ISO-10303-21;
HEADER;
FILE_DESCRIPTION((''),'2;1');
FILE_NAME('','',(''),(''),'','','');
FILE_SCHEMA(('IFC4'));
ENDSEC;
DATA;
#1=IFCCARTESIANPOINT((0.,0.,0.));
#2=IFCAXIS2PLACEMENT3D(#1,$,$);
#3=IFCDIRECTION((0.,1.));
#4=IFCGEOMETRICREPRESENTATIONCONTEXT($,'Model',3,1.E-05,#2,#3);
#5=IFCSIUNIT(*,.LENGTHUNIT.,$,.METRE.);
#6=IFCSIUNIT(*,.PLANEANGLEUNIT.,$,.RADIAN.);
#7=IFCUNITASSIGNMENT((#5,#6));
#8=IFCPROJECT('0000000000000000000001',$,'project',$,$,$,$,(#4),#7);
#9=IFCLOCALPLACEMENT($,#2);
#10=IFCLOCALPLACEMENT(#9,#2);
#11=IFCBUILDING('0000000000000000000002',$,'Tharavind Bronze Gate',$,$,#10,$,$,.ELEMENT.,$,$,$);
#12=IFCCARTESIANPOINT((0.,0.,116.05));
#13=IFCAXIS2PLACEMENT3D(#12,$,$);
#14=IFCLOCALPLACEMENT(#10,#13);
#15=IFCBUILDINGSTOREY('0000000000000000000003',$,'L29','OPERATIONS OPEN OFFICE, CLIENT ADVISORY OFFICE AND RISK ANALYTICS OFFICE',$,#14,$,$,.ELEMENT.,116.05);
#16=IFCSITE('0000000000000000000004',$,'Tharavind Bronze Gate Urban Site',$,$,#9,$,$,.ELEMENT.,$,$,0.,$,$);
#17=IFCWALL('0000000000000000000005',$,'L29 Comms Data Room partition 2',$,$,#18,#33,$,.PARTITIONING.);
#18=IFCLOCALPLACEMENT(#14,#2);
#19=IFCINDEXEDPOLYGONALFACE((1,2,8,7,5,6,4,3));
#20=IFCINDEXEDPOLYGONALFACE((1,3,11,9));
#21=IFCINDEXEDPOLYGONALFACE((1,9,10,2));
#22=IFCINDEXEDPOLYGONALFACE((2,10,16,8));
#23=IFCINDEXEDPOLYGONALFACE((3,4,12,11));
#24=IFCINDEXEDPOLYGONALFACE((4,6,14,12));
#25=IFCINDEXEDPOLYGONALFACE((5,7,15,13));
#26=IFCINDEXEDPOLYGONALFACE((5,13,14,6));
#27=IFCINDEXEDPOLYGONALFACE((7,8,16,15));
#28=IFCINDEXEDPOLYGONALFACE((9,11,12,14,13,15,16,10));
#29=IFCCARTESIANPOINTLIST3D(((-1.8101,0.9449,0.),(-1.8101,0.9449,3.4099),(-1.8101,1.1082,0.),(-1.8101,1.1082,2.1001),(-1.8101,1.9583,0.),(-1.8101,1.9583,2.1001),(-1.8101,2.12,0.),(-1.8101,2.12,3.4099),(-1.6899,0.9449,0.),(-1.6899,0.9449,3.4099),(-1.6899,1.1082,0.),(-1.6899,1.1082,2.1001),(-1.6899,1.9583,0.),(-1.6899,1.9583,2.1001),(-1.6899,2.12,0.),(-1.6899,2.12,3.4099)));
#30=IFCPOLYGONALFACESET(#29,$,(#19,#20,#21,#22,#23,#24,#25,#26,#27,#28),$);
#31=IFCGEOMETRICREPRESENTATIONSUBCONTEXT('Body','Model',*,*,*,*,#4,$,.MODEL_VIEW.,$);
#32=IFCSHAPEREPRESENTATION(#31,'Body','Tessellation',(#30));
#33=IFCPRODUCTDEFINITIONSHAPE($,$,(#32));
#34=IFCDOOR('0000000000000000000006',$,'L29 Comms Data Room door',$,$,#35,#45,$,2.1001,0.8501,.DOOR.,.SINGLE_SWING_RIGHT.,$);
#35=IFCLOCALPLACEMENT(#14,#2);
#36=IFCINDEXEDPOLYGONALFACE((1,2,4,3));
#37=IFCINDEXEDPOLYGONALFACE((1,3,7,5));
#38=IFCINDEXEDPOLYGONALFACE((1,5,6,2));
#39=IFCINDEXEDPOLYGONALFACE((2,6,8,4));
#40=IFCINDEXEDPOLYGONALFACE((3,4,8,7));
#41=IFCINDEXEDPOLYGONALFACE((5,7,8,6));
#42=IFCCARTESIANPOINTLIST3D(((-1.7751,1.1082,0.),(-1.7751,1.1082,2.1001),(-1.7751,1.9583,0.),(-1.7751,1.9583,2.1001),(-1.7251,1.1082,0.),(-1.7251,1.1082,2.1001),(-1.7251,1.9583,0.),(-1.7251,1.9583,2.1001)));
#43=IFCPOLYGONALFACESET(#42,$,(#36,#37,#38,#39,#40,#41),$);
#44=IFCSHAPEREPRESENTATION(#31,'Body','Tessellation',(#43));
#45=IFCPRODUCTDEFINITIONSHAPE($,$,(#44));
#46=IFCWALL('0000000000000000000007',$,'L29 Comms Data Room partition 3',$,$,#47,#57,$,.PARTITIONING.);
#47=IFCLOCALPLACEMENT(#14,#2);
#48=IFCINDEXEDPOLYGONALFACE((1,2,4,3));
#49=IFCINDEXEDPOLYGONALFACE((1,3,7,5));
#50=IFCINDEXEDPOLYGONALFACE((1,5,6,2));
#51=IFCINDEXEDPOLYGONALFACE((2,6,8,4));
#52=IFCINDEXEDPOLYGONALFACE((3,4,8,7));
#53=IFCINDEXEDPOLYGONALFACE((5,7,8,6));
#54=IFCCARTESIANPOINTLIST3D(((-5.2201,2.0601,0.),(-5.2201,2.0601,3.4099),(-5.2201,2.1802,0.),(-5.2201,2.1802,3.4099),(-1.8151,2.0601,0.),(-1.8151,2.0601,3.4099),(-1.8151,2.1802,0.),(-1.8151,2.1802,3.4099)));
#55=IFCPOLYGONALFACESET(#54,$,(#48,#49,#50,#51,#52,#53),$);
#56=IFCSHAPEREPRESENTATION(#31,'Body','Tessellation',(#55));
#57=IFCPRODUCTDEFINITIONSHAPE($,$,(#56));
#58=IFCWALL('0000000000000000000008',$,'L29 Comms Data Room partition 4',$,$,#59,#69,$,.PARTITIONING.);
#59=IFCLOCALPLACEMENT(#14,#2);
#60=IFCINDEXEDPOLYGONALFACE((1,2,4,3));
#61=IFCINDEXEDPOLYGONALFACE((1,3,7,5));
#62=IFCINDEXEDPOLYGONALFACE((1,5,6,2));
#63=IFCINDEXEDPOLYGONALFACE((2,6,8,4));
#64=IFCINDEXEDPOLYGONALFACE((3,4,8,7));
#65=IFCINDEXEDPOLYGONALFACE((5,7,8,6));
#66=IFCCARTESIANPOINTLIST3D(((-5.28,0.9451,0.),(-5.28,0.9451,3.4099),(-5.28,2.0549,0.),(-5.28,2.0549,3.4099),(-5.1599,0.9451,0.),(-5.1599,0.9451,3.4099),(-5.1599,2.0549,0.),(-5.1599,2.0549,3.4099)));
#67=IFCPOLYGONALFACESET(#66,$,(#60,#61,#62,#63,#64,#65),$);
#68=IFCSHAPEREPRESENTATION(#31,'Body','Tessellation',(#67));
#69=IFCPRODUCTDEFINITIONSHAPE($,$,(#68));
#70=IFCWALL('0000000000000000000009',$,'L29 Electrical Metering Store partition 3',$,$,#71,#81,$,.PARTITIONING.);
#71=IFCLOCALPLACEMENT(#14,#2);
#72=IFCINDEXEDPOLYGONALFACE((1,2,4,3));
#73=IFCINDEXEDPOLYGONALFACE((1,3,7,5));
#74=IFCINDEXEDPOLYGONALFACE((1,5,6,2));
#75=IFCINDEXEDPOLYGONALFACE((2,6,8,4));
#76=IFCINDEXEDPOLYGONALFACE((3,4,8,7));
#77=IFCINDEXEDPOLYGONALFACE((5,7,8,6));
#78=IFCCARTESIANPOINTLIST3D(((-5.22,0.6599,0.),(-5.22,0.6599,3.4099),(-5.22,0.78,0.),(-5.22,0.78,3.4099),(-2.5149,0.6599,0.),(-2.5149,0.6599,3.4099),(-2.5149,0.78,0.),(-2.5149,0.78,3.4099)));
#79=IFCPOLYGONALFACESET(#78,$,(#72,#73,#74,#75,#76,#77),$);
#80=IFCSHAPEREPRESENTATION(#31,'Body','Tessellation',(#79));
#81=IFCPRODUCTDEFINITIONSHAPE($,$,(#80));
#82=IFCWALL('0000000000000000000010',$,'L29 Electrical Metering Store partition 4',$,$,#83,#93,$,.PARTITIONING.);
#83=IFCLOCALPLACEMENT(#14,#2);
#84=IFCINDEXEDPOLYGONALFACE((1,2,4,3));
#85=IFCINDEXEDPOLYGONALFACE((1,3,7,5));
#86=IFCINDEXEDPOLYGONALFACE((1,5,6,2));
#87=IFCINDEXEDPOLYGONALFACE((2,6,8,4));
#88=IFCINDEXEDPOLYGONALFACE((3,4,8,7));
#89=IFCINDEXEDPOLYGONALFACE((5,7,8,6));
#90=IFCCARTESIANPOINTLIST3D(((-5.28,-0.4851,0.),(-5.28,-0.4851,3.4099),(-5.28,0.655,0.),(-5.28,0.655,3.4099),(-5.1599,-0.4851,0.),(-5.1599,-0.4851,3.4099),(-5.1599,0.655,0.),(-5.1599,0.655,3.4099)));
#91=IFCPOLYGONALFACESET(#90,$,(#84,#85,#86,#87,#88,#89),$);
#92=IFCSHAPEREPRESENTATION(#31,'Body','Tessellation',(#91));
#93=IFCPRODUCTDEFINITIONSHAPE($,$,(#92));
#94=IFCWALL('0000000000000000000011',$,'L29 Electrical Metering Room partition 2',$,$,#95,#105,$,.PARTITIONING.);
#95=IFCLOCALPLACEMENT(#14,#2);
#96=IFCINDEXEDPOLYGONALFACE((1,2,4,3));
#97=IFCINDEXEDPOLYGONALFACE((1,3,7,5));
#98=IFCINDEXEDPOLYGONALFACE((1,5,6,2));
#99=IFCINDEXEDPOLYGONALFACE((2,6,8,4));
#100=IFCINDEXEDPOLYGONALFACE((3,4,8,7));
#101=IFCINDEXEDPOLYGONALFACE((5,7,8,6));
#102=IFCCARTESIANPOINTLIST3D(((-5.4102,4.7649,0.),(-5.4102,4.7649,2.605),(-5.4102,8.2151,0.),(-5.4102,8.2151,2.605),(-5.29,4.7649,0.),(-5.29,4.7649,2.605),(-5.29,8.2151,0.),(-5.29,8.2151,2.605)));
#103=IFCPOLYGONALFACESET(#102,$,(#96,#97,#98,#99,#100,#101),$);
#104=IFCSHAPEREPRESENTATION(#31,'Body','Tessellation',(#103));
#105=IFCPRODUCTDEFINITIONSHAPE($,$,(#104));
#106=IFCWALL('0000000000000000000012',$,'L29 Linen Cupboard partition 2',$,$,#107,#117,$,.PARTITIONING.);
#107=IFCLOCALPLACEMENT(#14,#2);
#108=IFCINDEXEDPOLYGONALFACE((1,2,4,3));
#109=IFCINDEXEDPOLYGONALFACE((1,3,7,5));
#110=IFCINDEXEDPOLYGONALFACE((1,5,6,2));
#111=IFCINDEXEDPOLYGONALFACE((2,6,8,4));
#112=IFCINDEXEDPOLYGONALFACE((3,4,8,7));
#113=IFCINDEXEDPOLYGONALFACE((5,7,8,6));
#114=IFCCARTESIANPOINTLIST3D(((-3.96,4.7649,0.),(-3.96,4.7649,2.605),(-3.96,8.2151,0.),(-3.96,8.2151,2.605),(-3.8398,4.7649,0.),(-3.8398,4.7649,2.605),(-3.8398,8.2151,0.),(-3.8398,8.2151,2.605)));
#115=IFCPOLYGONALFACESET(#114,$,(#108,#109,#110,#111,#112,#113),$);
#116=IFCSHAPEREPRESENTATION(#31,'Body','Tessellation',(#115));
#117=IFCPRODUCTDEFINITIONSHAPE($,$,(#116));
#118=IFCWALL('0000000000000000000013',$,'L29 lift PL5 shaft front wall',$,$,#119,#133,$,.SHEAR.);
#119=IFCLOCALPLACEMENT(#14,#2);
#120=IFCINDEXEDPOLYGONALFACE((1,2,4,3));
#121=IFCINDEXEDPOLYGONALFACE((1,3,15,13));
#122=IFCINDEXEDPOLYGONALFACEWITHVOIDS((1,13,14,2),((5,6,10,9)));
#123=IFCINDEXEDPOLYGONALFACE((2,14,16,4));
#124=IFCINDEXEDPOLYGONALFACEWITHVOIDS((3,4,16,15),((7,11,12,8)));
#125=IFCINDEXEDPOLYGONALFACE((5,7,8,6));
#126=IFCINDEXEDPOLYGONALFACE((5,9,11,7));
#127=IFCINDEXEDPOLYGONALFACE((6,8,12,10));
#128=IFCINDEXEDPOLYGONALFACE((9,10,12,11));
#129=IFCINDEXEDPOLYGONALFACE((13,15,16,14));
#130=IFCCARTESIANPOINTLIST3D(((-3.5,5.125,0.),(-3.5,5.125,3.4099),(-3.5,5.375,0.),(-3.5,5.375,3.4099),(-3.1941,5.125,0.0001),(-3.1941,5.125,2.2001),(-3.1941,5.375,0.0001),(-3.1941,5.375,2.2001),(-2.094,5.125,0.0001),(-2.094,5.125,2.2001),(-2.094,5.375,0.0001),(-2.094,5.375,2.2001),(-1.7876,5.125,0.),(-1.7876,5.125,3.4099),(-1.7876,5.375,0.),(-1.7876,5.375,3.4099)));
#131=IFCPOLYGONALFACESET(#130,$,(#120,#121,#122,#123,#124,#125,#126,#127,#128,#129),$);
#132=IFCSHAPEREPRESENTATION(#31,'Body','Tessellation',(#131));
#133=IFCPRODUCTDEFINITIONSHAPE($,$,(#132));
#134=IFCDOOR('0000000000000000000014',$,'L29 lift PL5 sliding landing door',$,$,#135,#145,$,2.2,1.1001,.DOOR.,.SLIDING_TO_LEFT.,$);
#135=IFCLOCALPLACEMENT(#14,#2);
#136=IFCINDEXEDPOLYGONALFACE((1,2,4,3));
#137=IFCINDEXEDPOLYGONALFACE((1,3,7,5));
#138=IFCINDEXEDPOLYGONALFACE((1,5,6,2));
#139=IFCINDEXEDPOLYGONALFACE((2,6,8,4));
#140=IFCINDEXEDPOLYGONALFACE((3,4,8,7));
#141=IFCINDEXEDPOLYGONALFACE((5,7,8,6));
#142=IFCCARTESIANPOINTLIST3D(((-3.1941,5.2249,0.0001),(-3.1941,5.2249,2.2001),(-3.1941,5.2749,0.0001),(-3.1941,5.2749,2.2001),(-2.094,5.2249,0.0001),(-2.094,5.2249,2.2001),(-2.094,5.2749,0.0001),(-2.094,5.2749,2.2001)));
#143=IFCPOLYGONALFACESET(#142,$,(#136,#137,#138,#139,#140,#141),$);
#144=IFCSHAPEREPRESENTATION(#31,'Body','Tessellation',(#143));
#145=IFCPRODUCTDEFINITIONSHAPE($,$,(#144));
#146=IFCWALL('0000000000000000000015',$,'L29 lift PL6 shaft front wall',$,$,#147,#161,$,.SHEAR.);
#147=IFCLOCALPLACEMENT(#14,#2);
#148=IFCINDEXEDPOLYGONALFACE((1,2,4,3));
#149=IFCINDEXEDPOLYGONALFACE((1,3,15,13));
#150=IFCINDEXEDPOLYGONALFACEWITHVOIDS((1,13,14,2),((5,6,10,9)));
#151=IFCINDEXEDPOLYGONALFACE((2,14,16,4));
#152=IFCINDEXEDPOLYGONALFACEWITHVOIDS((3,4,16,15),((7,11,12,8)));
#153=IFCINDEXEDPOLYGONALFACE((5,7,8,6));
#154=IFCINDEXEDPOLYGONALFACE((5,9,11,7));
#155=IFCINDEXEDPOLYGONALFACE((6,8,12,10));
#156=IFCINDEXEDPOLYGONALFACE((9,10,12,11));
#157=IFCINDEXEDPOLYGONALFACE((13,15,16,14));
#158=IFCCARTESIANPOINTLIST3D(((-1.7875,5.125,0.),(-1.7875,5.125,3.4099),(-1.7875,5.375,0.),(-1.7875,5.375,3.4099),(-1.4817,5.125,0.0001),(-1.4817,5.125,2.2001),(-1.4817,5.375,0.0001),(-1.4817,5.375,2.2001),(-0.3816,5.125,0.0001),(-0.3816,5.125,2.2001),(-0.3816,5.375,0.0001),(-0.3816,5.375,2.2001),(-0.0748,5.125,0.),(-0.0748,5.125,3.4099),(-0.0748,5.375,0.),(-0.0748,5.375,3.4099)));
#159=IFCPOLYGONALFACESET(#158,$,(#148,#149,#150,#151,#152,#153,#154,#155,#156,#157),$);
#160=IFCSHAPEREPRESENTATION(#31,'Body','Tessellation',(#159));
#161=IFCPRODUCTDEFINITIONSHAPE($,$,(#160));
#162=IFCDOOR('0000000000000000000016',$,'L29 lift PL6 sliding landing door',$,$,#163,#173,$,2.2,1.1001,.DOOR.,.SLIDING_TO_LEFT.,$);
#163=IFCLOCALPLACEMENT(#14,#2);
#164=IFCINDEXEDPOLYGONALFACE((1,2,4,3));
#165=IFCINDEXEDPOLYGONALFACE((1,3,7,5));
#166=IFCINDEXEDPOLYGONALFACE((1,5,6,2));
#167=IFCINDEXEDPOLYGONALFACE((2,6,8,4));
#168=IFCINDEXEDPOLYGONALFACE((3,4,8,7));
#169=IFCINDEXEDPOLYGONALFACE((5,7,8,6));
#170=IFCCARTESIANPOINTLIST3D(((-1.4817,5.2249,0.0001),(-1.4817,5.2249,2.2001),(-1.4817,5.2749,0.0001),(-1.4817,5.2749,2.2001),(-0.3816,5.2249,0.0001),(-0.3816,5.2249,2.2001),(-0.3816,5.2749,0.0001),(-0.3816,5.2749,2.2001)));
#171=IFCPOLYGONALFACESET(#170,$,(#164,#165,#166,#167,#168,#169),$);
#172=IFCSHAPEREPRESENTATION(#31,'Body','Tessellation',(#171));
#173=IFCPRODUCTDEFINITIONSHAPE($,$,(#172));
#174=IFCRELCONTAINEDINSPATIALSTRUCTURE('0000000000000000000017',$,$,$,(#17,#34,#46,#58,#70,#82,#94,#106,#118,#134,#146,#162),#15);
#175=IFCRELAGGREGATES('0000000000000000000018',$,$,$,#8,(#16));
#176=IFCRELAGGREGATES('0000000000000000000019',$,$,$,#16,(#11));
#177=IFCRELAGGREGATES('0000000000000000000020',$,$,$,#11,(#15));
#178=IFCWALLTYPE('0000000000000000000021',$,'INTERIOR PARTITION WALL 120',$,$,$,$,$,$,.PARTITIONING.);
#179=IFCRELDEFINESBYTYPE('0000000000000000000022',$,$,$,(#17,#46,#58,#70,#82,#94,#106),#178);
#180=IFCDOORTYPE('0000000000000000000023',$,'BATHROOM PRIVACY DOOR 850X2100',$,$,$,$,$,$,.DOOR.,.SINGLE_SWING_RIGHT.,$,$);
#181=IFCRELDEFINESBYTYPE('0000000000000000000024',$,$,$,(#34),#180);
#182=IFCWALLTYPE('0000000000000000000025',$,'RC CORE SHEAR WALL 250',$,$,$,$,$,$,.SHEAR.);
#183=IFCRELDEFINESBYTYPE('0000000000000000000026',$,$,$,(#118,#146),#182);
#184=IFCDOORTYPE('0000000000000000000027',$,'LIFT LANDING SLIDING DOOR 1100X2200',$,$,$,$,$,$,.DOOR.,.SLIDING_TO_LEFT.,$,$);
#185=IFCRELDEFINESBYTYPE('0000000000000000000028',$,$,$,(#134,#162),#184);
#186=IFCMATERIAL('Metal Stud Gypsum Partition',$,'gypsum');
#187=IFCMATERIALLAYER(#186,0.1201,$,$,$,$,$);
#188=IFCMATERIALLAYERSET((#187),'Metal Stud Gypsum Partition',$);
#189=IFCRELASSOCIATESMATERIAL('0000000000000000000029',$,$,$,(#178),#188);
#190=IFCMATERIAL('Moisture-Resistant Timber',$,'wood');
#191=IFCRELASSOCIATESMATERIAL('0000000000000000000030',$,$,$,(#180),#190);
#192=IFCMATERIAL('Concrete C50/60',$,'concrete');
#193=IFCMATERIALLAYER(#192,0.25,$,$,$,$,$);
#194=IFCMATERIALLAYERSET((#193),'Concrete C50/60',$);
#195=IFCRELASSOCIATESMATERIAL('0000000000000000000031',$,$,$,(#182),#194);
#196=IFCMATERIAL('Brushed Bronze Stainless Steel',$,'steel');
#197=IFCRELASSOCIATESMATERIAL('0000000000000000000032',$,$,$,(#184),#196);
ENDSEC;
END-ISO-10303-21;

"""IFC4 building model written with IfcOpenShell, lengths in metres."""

from ifc_helpers import new_model, si_unit, direction, frame, frame_2d, origin, place, context, subcontext, project, spatial, rectangle, extrude, material, layer, layer_set, type_object, element, fill, save


model = new_model("IFC4")

# Units and contexts
model_context = context("Model", 3, precision=1e-05, world=origin(), true_north=direction((0.0, 1.0)))
body_context = subcontext(model_context, "Body", "Model", "MODEL_VIEW")
ifc_project = project(units=[si_unit("LENGTHUNIT", "METRE"), si_unit("PLANEANGLEUNIT", "RADIAN")], contexts=[model_context])

# Site, building, storey
site_placement = place(None, origin())
site = spatial("IfcSite", under=ifc_project, at=site_placement, Name="Tharavind Bronze Gate Urban Site", CompositionType="ELEMENT", RefElevation=0.0)
building_placement = place(site_placement, origin())
building = spatial("IfcBuilding", under=site, at=building_placement, Name="Tharavind Bronze Gate", CompositionType="ELEMENT")
storey_placement = place(building_placement, frame((0.0, 0.0, 116.05)))
storey = spatial("IfcBuildingStorey", under=building, at=storey_placement, Name="L29", Description="OPERATIONS OPEN OFFICE, CLIENT ADVISORY OFFICE AND RISK ANALYTICS OFFICE", CompositionType="ELEMENT", Elevation=116.05)

# Shared definitions
ifc_material_1 = material(Name="Metal Stud Gypsum Partition", Category="gypsum")
ifc_layer_1 = layer(ifc_material_1, 0.1201)
ifc_layer_set_1 = layer_set([ifc_layer_1], Name="Metal Stud Gypsum Partition")
wall_type_1 = type_object("IfcWallType", Name="INTERIOR PARTITION WALL 120", PredefinedType="PARTITIONING", material=ifc_layer_set_1)

# Shared definitions
ifc_material_2 = material(Name="Moisture-Resistant Timber", Category="wood")
door_type_1 = type_object("IfcDoorType", Name="BATHROOM PRIVACY DOOR 850X2100", OperationType="SINGLE_SWING_RIGHT", PredefinedType="DOOR", material=ifc_material_2)

# Wall, opening, door
wall_1_placement = place(storey_placement, frame((-1.75, 0.9451, 0.0), z_axis=(0.0, 0.0, 1.0), x_axis=(0.0, 1.0, 0.0)))
wall_1 = element("IfcWall", 1, at=wall_1_placement, inside=storey, type_object=wall_type_1, Name="L29 Comms Data Room partition 2", PredefinedType="PARTITIONING", context=body_context, shape_type="SweptSolid", body=[
    extrude(rectangle(XDim=1.175, YDim=0.1201, at=frame_2d((0.5874, 0.0))), origin(), (0.0, 0.0, 1.0), 3.4099),
])
opening_1_placement = place(wall_1_placement, frame((0.1631, 0.0, 0.0)))
opening_1 = element("IfcOpeningElement", 2, at=opening_1_placement, cuts=wall_1, PredefinedType="OPENING", context=body_context, shape_type="SweptSolid", body=[
    extrude(rectangle(XDim=0.8501, YDim=2.1001, at=frame_2d((0.425, 1.05))), frame((0.0, 0.0701, 0.0), z_axis=(0.0, -1.0, 0.0), x_axis=(1.0, 0.0, 0.0)), (0.0, 0.0, 1.0), 0.1401),
])
door_1_placement = place(opening_1_placement, frame((0.8501, 0.0, 0.0), z_axis=(0.0, 0.0, 1.0), x_axis=(-1.0, 0.0, 0.0)))
door_1 = element("IfcDoor", 3, at=door_1_placement, inside=storey, type_object=door_type_1, Name="L29 Comms Data Room door", OperationType="SINGLE_SWING_RIGHT", OverallHeight=2.1001, OverallWidth=0.8501, PredefinedType="DOOR", context=body_context, shape_type="SweptSolid", body=[
    extrude(rectangle(XDim=0.8501, YDim=2.1001, at=frame_2d((0.425, 1.05))), frame((0.0, 0.0249, 0.0), z_axis=(0.0, -1.0, 0.0), x_axis=(1.0, 0.0, 0.0)), (0.0, 0.0, 1.0), 0.05),
])
fill(opening_1, door_1)

# Walls
wall_2_placement = place(storey_placement, frame((-1.8149, 2.1201, 0.0), z_axis=(0.0, 0.0, 1.0), x_axis=(-1.0, 0.0, 0.0)))
element("IfcWall", 4, at=wall_2_placement, inside=storey, type_object=wall_type_1, Name="L29 Comms Data Room partition 3", PredefinedType="PARTITIONING", context=body_context, shape_type="SweptSolid", body=[
    extrude(rectangle(XDim=3.405, YDim=0.1201, at=frame_2d((1.7026, 0.0))), origin(), (0.0, 0.0, 1.0), 3.4099),
])
wall_3_placement = place(storey_placement, frame((-5.22, 2.0549, 0.0), z_axis=(0.0, 0.0, 1.0), x_axis=(0.0, -1.0, 0.0)))
element("IfcWall", 5, at=wall_3_placement, inside=storey, type_object=wall_type_1, Name="L29 Comms Data Room partition 4", PredefinedType="PARTITIONING", context=body_context, shape_type="SweptSolid", body=[
    extrude(rectangle(XDim=1.1099, YDim=0.1201, at=frame_2d((0.5549, 0.0))), origin(), (0.0, 0.0, 1.0), 3.4099),
])
wall_4_placement = place(storey_placement, frame((-2.5149, 0.72, 0.0), z_axis=(0.0, 0.0, 1.0), x_axis=(-1.0, 0.0, 0.0)))
element("IfcWall", 6, at=wall_4_placement, inside=storey, type_object=wall_type_1, Name="L29 Electrical Metering Store partition 3", PredefinedType="PARTITIONING", context=body_context, shape_type="SweptSolid", body=[
    extrude(rectangle(XDim=2.7051, YDim=0.1201, at=frame_2d((1.3525, 0.0))), origin(), (0.0, 0.0, 1.0), 3.4099),
])
wall_5_placement = place(storey_placement, frame((-5.22, 0.655, 0.0), z_axis=(0.0, 0.0, 1.0), x_axis=(0.0, -1.0, 0.0)))
element("IfcWall", 7, at=wall_5_placement, inside=storey, type_object=wall_type_1, Name="L29 Electrical Metering Store partition 4", PredefinedType="PARTITIONING", context=body_context, shape_type="SweptSolid", body=[
    extrude(rectangle(XDim=1.1401, YDim=0.1201, at=frame_2d((0.5701, 0.0))), origin(), (0.0, 0.0, 1.0), 3.4099),
])
for number, where, z_axis, x_axis, name in (
    (8, (-5.3501, 4.7649, 0.0), (0.0, 0.0, 1.0), (0.0, 1.0, 0.0), "L29 Electrical Metering Room partition 2"),
    (9, (-3.8999, 4.7649, 0.0), (0.0, 0.0, 1.0), (0.0, 1.0, 0.0), "L29 Linen Cupboard partition 2"),
):
    element("IfcWall", number, at=place(storey_placement, frame(where, z_axis=z_axis, x_axis=x_axis)), inside=storey, type_object=wall_type_1, Name=name, PredefinedType="PARTITIONING", context=body_context, shape_type="SweptSolid", body=[
        extrude(rectangle(XDim=3.4502, YDim=0.1201, at=frame_2d((1.7251, 0.0))), origin(), (0.0, 0.0, 1.0), 2.605),
    ])

# Walls, openings, doors
ifc_material_3 = material(Name="Concrete C50/60", Category="concrete")
ifc_layer_2 = layer(ifc_material_3, 0.25)
ifc_layer_set_2 = layer_set([ifc_layer_2], Name="Concrete C50/60")
wall_type_2 = type_object("IfcWallType", Name="RC CORE SHEAR WALL 250", PredefinedType="SHEAR", material=ifc_layer_set_2)
wall_6_placement = place(storey_placement, frame((-3.5, 5.25, 0.0), z_axis=(0.0, 0.0, 1.0), x_axis=(1.0, 0.0, 0.0)))
wall_6 = element("IfcWall", 10, at=wall_6_placement, inside=storey, type_object=wall_type_2, Name="L29 lift PL5 shaft front wall", PredefinedType="SHEAR", context=body_context, shape_type="SweptSolid", body=[
    extrude(rectangle(XDim=1.7124, YDim=0.25, at=frame_2d((0.8562, 0.0))), origin(), (0.0, 0.0, 1.0), 3.4099),
])
opening_2_placement = place(wall_6_placement, frame((0.3059, 0.0, 0.0)))
opening_2 = element("IfcOpeningElement", 11, at=opening_2_placement, cuts=wall_6, PredefinedType="OPENING", context=body_context, shape_type="SweptSolid", body=[
    extrude(rectangle(XDim=1.1001, YDim=2.2, at=frame_2d((0.55, 1.1001))), frame((0.0, 0.135, 0.0), z_axis=(0.0, -1.0, 0.0), x_axis=(1.0, 0.0, 0.0)), (0.0, 0.0, 1.0), 0.27),
])
ifc_material_4 = material(Name="Brushed Bronze Stainless Steel", Category="steel")
door_type_2 = type_object("IfcDoorType", Name="LIFT LANDING SLIDING DOOR 1100X2200", OperationType="SLIDING_TO_LEFT", PredefinedType="DOOR", material=ifc_material_4)
door_2_placement = place(opening_2_placement, origin())
door_2 = element("IfcDoor", 12, at=door_2_placement, inside=storey, type_object=door_type_2, Name="L29 lift PL5 sliding landing door", OperationType="SLIDING_TO_LEFT", OverallHeight=2.2, OverallWidth=1.1001, PredefinedType="DOOR", context=body_context, shape_type="SweptSolid", body=[
    extrude(rectangle(XDim=1.1001, YDim=2.2, at=frame_2d((0.55, 1.1001))), frame((0.0, 0.0249, 0.0), z_axis=(0.0, -1.0, 0.0), x_axis=(1.0, 0.0, 0.0)), (0.0, 0.0, 1.0), 0.05),
])
fill(opening_2, door_2)
wall_7_placement = place(storey_placement, frame((-1.7876, 5.25, 0.0), z_axis=(0.0, 0.0, 1.0), x_axis=(1.0, 0.0, 0.0)))
wall_7 = element("IfcWall", 13, at=wall_7_placement, inside=storey, type_object=wall_type_2, Name="L29 lift PL6 shaft front wall", PredefinedType="SHEAR", context=body_context, shape_type="SweptSolid", body=[
    extrude(rectangle(XDim=1.7126, YDim=0.25, at=frame_2d((0.8564, 0.0))), origin(), (0.0, 0.0, 1.0), 3.4099),
])
opening_3_placement = place(wall_7_placement, frame((0.3059, 0.0, 0.0)))
opening_3 = element("IfcOpeningElement", 14, at=opening_3_placement, cuts=wall_7, PredefinedType="OPENING", context=body_context, shape_type="SweptSolid", body=[
    extrude(rectangle(XDim=1.1001, YDim=2.2, at=frame_2d((0.55, 1.1001))), frame((0.0, 0.135, 0.0), z_axis=(0.0, -1.0, 0.0), x_axis=(1.0, 0.0, 0.0)), (0.0, 0.0, 1.0), 0.27),
])
door_3_placement = place(opening_3_placement, origin())
door_3 = element("IfcDoor", 15, at=door_3_placement, inside=storey, type_object=door_type_2, Name="L29 lift PL6 sliding landing door", OperationType="SLIDING_TO_LEFT", OverallHeight=2.2, OverallWidth=1.1001, PredefinedType="DOOR", context=body_context, shape_type="SweptSolid", body=[
    extrude(rectangle(XDim=1.1001, YDim=2.2, at=frame_2d((0.55, 1.1001))), frame((0.0, 0.0249, 0.0), z_axis=(0.0, -1.0, 0.0), x_axis=(1.0, 0.0, 0.0)), (0.0, 0.0, 1.0), 0.05),
])
fill(opening_3, door_3)

save(model, "model.ifc")
